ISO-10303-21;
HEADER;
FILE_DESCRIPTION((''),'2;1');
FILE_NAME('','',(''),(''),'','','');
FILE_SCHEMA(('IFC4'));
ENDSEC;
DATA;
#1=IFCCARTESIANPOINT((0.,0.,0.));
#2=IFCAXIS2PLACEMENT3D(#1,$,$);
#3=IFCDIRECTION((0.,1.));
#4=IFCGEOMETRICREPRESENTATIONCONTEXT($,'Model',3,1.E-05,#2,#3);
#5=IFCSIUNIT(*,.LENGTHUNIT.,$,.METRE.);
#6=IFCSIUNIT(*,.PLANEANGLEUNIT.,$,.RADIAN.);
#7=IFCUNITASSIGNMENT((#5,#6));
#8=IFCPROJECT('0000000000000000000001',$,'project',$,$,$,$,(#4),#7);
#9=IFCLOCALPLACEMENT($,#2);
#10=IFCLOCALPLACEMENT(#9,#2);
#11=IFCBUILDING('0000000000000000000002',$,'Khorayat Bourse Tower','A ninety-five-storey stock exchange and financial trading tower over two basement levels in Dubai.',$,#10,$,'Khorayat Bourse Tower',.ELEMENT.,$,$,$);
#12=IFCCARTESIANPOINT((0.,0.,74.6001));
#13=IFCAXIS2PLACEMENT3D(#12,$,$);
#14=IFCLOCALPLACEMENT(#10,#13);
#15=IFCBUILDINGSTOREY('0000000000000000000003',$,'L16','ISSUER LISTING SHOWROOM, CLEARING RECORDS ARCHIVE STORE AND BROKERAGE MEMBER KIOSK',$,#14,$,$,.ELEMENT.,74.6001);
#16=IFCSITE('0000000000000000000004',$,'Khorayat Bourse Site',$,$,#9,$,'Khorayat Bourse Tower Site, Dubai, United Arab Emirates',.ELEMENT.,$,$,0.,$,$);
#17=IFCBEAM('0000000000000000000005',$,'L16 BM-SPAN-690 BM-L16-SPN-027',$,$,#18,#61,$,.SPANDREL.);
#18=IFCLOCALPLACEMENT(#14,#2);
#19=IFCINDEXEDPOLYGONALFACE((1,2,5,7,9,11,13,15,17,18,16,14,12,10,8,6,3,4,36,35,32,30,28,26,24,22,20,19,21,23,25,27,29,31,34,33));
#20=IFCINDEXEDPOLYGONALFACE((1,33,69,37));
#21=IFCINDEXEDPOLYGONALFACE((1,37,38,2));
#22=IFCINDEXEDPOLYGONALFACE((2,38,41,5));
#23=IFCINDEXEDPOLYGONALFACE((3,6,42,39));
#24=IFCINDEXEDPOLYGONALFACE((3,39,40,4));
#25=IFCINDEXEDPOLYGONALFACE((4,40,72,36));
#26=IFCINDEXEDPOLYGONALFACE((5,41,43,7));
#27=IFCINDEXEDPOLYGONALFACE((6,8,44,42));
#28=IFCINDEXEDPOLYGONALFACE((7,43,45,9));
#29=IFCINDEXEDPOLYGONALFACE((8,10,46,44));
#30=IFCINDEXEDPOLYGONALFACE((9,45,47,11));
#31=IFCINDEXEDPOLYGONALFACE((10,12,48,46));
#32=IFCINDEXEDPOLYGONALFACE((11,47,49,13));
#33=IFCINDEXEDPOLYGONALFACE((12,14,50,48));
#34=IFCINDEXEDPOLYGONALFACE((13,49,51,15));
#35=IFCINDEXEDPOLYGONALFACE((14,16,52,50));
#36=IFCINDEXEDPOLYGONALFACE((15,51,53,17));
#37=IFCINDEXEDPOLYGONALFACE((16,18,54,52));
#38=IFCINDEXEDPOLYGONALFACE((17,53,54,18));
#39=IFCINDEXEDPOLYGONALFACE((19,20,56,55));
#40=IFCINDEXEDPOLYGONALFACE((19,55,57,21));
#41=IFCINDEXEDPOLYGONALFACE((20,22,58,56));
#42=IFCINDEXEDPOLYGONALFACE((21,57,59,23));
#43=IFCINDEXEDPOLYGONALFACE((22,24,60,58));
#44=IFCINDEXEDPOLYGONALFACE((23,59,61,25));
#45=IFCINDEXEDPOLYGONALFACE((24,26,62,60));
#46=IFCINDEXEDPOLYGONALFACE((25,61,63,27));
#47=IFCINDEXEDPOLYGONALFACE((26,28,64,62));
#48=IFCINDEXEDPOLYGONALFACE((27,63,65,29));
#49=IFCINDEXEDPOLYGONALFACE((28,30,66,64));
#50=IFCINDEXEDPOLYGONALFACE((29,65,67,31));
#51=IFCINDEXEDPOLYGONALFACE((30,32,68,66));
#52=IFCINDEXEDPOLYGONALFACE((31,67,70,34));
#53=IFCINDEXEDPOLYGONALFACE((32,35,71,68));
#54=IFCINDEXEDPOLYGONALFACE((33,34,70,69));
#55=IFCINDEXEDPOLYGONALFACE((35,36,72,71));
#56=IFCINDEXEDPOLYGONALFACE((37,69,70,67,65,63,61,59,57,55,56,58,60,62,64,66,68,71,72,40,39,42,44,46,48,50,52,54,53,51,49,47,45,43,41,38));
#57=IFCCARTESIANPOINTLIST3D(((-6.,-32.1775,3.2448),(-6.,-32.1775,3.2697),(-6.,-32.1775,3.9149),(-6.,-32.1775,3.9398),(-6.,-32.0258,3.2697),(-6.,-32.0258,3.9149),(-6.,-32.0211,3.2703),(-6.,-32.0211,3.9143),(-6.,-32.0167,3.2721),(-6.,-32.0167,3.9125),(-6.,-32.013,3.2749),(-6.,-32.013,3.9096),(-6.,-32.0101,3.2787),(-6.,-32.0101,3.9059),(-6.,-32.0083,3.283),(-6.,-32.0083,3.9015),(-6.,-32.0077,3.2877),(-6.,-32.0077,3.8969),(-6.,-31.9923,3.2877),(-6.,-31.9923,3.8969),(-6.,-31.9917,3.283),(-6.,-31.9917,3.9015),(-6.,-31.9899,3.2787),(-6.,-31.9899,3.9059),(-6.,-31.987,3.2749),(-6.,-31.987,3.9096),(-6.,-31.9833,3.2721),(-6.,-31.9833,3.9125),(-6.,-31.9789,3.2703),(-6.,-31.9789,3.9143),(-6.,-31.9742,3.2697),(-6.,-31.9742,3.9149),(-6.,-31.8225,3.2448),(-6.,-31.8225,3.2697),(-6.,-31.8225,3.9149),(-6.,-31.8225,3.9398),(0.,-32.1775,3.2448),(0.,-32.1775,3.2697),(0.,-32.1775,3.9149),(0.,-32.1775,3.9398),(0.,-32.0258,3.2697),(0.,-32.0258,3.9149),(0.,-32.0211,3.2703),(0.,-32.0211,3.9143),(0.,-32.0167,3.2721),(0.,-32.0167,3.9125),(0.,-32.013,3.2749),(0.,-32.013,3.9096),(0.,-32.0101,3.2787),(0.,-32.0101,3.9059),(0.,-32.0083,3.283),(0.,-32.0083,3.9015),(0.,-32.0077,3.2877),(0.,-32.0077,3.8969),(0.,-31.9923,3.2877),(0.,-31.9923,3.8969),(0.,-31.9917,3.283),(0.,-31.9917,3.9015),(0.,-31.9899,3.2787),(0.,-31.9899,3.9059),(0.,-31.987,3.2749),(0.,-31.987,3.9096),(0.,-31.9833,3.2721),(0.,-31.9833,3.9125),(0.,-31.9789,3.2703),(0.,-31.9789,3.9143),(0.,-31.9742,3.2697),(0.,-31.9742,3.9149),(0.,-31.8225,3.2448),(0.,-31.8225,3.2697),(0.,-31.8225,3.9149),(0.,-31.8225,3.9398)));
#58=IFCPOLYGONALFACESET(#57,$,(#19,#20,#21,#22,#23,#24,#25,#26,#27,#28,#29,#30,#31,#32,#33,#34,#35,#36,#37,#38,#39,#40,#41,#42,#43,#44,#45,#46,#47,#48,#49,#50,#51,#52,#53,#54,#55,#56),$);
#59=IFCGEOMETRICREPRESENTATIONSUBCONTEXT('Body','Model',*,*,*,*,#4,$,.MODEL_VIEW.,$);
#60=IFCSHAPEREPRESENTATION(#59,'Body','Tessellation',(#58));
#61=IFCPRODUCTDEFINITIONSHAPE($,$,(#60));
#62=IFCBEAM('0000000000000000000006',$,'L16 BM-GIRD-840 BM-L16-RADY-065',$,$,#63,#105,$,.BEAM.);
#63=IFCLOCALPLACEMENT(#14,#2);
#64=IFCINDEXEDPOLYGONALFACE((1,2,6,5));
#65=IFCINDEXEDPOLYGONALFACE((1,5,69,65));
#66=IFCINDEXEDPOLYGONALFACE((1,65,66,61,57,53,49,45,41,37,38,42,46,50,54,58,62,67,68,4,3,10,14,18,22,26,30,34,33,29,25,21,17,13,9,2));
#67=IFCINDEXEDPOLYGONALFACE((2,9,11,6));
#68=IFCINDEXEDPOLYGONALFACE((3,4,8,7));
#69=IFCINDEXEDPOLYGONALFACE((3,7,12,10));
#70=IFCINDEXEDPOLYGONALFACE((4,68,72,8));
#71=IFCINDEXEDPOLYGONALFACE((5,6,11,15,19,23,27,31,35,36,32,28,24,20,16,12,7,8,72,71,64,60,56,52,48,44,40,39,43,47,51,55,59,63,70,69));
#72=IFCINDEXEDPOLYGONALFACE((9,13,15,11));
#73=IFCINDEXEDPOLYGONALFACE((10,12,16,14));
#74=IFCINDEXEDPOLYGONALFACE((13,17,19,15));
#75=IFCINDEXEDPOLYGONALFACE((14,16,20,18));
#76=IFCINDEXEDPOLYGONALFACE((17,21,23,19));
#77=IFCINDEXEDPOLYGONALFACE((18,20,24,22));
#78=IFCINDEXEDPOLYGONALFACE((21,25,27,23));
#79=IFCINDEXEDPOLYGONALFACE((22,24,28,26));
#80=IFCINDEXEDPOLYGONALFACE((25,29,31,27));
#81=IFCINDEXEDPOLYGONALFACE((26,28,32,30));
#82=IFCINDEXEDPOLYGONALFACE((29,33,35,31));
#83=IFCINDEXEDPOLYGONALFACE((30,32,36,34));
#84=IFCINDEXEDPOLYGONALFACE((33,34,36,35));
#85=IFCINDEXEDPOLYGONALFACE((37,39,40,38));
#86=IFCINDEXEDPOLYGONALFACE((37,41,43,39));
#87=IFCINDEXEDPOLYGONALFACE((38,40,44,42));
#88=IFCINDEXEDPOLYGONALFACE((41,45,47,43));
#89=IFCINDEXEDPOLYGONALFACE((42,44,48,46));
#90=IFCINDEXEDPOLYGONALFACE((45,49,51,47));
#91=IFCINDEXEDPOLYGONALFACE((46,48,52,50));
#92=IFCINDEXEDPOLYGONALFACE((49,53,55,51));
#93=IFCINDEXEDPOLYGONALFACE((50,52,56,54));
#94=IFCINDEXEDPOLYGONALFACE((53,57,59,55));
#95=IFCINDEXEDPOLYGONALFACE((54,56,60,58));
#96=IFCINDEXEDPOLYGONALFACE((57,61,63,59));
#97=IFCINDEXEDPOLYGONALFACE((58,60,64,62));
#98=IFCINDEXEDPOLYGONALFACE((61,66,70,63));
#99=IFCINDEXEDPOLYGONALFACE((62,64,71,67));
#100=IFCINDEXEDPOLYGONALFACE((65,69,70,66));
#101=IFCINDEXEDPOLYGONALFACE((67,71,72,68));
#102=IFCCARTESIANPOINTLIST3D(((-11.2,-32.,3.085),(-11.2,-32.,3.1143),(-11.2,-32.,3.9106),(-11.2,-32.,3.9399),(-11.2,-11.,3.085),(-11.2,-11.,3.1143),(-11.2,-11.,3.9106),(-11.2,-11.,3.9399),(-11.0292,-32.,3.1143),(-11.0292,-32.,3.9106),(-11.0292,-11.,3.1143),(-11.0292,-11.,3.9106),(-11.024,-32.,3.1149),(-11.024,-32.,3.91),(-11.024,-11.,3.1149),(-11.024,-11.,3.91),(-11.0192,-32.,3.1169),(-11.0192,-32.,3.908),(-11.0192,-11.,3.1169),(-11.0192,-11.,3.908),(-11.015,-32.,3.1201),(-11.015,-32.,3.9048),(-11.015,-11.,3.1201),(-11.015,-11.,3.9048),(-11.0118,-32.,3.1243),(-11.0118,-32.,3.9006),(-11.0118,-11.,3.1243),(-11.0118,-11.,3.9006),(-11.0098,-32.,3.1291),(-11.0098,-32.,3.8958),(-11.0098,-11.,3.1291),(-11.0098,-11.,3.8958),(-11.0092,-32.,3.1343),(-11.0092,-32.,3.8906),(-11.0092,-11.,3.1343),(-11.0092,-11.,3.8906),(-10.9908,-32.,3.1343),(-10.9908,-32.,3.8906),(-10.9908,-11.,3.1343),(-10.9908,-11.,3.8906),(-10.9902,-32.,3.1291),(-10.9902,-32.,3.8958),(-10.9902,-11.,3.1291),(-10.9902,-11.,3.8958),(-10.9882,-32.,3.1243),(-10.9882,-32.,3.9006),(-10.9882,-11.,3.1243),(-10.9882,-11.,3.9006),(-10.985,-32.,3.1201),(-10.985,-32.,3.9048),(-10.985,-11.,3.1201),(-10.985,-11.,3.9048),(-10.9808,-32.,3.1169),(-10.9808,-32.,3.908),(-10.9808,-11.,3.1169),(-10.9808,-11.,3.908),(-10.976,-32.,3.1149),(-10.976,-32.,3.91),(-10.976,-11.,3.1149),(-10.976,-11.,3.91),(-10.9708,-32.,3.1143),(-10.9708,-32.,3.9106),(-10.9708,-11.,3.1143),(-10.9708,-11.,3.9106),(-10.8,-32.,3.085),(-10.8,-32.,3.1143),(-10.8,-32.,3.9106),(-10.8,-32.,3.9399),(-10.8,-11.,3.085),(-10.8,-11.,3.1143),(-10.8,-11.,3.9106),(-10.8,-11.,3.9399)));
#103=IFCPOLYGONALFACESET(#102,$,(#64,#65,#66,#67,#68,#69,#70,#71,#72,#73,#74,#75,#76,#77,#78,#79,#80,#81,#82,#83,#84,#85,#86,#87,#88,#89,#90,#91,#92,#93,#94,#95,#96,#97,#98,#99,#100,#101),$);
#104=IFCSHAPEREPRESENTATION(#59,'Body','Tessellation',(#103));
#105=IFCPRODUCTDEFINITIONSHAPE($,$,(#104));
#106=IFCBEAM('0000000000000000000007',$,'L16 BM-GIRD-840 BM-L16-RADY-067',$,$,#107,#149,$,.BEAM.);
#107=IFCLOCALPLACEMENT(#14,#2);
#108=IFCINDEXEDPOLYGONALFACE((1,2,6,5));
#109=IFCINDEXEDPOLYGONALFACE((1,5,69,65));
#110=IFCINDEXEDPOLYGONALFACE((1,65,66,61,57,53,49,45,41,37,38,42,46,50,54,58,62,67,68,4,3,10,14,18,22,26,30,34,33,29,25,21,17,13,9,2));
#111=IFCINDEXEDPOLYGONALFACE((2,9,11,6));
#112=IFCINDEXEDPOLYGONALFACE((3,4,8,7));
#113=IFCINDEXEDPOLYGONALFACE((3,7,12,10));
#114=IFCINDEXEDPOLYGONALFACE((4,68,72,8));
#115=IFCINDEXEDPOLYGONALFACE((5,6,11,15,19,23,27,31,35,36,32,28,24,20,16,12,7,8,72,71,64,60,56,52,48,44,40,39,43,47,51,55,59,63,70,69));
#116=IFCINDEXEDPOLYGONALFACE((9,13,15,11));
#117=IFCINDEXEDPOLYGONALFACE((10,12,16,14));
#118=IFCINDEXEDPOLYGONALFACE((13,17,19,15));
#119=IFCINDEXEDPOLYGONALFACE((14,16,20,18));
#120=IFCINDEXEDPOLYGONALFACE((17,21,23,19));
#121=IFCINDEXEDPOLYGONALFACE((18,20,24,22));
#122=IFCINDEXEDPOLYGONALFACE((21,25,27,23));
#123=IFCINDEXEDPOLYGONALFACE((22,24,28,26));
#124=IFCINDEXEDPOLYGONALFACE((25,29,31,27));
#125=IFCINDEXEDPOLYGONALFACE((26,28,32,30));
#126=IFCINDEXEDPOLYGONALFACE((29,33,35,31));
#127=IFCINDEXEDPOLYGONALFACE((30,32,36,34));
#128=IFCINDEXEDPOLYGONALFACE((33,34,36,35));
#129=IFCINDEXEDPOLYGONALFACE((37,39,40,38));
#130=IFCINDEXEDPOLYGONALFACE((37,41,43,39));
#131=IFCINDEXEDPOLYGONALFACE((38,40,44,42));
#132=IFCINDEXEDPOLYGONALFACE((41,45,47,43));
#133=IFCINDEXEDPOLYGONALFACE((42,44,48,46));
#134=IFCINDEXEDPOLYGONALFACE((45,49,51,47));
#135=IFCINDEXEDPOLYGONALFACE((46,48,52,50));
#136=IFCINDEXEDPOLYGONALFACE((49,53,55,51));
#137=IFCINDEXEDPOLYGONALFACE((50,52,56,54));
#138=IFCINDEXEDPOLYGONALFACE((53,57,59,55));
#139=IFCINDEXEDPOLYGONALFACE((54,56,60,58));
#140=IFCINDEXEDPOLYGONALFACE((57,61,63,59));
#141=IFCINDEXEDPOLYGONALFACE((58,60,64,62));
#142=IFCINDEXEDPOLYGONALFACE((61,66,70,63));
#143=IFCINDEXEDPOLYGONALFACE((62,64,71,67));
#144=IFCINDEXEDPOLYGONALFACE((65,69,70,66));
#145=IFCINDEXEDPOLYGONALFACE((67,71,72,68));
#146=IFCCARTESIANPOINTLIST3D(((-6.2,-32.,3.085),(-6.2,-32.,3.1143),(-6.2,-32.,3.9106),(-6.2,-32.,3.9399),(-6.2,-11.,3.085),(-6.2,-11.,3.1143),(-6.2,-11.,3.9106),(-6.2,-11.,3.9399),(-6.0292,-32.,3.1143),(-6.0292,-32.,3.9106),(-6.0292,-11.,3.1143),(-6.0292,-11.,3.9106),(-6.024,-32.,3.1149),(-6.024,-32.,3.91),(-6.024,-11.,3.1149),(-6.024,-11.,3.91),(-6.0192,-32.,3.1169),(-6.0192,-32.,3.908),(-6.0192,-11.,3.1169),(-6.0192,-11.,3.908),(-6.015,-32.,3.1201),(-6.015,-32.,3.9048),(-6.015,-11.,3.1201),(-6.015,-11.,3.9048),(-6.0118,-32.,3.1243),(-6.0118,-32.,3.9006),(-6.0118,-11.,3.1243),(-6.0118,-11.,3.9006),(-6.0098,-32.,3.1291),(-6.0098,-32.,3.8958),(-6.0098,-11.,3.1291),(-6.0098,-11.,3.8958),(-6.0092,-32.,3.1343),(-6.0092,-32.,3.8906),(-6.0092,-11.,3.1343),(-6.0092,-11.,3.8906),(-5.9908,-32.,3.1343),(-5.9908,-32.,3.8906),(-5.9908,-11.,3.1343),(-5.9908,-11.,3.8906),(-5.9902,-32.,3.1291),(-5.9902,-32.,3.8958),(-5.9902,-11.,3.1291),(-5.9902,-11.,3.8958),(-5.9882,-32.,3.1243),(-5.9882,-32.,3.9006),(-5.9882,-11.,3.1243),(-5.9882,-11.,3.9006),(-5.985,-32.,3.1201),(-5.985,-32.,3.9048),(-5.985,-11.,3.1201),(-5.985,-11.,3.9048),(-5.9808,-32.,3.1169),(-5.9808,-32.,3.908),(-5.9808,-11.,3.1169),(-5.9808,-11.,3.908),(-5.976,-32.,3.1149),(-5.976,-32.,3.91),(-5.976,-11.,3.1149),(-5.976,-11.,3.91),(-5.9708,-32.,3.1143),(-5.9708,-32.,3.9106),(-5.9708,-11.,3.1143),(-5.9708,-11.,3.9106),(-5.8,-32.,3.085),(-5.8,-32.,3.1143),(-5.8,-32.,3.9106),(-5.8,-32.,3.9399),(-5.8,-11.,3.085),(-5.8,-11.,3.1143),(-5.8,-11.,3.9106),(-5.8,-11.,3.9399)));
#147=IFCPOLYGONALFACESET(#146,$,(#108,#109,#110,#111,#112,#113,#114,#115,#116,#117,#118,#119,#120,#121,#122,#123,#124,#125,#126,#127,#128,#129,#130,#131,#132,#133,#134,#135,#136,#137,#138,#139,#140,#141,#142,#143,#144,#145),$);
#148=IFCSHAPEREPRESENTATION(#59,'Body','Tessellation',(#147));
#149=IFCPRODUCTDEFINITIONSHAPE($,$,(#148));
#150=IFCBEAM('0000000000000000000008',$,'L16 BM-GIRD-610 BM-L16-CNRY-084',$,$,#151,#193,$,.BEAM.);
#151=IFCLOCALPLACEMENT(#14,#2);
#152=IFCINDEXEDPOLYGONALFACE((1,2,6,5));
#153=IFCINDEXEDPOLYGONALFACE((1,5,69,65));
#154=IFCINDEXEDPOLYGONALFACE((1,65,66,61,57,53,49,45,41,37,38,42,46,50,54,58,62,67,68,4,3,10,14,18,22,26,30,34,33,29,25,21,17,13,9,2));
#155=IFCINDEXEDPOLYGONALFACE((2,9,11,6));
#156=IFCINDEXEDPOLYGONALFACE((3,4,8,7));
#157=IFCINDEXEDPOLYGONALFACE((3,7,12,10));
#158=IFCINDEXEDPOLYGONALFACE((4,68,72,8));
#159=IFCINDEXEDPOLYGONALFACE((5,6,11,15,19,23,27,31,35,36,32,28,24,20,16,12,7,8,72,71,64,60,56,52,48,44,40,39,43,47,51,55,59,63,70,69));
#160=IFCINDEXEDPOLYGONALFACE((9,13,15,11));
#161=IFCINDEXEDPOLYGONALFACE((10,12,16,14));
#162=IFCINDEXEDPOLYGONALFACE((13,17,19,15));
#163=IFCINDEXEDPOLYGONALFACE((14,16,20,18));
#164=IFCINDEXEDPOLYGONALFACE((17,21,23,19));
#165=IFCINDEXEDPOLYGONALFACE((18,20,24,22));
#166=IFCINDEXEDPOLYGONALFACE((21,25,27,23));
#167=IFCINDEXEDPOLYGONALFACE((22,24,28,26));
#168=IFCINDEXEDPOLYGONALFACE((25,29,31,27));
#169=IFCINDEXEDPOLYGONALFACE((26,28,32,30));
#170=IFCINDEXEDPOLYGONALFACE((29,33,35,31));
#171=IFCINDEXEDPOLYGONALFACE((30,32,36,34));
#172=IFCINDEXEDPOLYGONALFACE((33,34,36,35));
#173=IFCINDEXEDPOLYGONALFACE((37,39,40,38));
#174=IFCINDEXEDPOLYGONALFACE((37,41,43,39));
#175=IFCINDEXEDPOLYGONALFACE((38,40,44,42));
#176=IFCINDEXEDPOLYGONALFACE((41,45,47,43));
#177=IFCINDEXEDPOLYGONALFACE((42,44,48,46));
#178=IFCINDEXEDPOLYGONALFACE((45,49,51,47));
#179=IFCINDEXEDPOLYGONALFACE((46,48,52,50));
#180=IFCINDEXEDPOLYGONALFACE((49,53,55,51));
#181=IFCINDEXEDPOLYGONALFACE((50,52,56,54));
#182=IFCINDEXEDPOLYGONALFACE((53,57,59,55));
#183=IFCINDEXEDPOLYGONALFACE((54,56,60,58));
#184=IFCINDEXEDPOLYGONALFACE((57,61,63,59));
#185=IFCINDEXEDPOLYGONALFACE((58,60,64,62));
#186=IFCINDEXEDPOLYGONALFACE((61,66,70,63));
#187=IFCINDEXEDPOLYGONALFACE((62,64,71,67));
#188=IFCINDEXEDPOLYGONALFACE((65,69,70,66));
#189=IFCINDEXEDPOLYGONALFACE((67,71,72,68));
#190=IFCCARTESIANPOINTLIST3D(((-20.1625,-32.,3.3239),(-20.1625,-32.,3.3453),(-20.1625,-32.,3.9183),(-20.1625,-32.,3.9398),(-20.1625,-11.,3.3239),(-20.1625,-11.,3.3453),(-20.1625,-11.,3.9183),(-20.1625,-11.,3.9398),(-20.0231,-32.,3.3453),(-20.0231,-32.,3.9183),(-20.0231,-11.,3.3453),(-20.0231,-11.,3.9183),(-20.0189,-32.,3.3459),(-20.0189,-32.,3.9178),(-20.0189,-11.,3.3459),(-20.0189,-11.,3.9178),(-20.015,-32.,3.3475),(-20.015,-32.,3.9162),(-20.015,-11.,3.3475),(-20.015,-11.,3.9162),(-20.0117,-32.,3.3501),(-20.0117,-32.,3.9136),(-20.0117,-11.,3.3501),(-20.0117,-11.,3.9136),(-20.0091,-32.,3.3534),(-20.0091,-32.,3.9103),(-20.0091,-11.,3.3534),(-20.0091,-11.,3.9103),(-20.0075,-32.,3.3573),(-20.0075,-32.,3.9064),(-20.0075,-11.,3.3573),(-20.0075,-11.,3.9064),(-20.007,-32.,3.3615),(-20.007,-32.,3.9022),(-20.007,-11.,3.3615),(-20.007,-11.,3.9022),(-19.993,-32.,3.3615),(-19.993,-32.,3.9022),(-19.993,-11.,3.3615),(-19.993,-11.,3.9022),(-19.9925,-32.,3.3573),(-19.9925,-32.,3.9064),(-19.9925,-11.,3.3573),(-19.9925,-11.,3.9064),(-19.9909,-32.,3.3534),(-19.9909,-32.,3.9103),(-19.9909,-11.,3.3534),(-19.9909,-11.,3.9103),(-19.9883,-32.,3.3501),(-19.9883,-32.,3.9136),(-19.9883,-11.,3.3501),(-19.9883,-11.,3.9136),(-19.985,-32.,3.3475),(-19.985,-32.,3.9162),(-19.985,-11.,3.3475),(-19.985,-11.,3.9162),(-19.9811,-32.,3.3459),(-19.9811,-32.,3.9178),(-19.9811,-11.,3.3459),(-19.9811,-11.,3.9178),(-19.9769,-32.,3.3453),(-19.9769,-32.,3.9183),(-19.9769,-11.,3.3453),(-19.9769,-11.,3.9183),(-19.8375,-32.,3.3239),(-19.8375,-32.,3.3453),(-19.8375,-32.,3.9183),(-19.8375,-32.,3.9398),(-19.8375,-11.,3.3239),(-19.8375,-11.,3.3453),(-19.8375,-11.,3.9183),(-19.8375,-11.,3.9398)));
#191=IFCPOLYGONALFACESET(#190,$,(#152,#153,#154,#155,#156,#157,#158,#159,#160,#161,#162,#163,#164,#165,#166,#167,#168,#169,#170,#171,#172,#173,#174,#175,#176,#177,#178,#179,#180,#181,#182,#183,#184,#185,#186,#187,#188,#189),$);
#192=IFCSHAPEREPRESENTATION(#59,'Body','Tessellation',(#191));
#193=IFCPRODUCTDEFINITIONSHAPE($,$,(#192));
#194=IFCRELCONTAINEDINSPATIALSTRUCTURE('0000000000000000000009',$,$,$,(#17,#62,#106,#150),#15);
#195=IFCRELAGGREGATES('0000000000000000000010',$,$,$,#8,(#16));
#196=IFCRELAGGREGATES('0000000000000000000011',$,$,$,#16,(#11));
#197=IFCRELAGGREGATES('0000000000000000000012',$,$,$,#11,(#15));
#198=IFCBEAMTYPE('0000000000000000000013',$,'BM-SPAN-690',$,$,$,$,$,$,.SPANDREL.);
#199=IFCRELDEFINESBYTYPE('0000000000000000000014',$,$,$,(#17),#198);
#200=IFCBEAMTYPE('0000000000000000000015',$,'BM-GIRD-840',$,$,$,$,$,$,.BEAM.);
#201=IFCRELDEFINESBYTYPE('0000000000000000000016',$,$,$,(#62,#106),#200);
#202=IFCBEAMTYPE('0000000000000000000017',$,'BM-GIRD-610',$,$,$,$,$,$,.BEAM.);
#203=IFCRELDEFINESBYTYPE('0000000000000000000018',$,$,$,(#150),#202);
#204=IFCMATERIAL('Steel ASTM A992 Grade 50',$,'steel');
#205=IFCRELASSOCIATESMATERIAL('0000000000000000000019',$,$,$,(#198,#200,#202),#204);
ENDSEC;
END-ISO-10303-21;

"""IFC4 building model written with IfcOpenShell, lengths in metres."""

from ifc_helpers import new_model, si_unit, direction, frame, origin, origin_2d, place, context, subcontext, project, spatial, i_section, extrude, source, transform, mapped, material, material_profile, profile_set, type_object, element, save


model = new_model("IFC4")

# Units and contexts
model_context = context("Model", 3, precision=1e-05, world=origin(), true_north=direction((0.0, 1.0)))
body_context = subcontext(model_context, "Body", "Model", "MODEL_VIEW")
ifc_project = project(units=[si_unit("LENGTHUNIT", "METRE"), si_unit("PLANEANGLEUNIT", "RADIAN")], contexts=[model_context])

# Site, building, storey
site_placement = place(None, origin())
site = spatial("IfcSite", under=ifc_project, at=site_placement, Name="Khorayat Bourse Site", LongName="Khorayat Bourse Tower Site, Dubai, United Arab Emirates", CompositionType="ELEMENT", RefElevation=0.0)
building_placement = place(site_placement, origin())
building = spatial("IfcBuilding", under=site, at=building_placement, Name="Khorayat Bourse Tower", Description="A ninety-five-storey stock exchange and financial trading tower over two basement levels in Dubai.", LongName="Khorayat Bourse Tower", CompositionType="ELEMENT")
storey_placement = place(building_placement, frame((0.0, 0.0, 74.6001)))
storey = spatial("IfcBuildingStorey", under=building, at=storey_placement, Name="L16", Description="ISSUER LISTING SHOWROOM, CLEARING RECORDS ARCHIVE STORE AND BROKERAGE MEMBER KIOSK", CompositionType="ELEMENT", Elevation=74.6001)

# Beams
ifc_material_1 = material(Name="Steel ASTM A992 Grade 50", Category="steel")
ifc_material_profile_1 = material_profile(ifc_material_1, i_section(OverallWidth=0.355, OverallDepth=0.6951, WebThickness=0.0154, FlangeThickness=0.0249, FilletRadius=0.0181, at=origin_2d()), Name="W690X217")
ifc_profile_set_1 = profile_set([ifc_material_profile_1], Name="Steel ASTM A992 Grade 50")
beam_type_1 = type_object("IfcBeamType", Name="BM-SPAN-690", PredefinedType="SPANDREL", material=ifc_profile_set_1)
shared_shape_1 = source(origin(), body_context, "Body", "SweptSolid", [
    extrude(i_section(OverallWidth=0.355, OverallDepth=0.6951, WebThickness=0.0154, FlangeThickness=0.0249, FilletRadius=0.0181, at=origin_2d()), origin(), (0.0, 0.0, 1.0), 6.0),
])
beam_1_placement = place(storey_placement, frame((-6.0, -32.0, 3.5923), z_axis=(1.0, 0.0, 0.0), x_axis=(0.0, 1.0, 0.0)))
element("IfcBeam", 1, at=beam_1_placement, inside=storey, type_object=beam_type_1, Name="L16 BM-SPAN-690 BM-L16-SPN-027", PredefinedType="SPANDREL", context=body_context, shape_type="MappedRepresentation", body=[
    mapped(shared_shape_1, transform((0.0, 0.0, 0.0), scale=1.0)),
])
ifc_material_profile_2 = material_profile(ifc_material_1, i_section(OverallWidth=0.3999, OverallDepth=0.855, WebThickness=0.0183, FlangeThickness=0.0293, FilletRadius=0.02, at=origin_2d()), Name="W840X299")
ifc_profile_set_2 = profile_set([ifc_material_profile_2], Name="Steel ASTM A992 Grade 50")
beam_type_2 = type_object("IfcBeamType", Name="BM-GIRD-840", PredefinedType="BEAM", material=ifc_profile_set_2)
shared_shape_2 = source(origin(), body_context, "Body", "SweptSolid", [
    extrude(i_section(OverallWidth=0.3999, OverallDepth=0.855, WebThickness=0.0183, FlangeThickness=0.0293, FilletRadius=0.02, at=origin_2d()), origin(), (0.0, 0.0, 1.0), 21.0),
])
for number, where, z_axis, x_axis, name in (
    (2, (-11.0, -32.0, 3.5125), (0.0, 1.0, 0.0), (-1.0, 0.0, 0.0), "L16 BM-GIRD-840 BM-L16-RADY-065"),
    (3, (-6.0, -32.0, 3.5125), (0.0, 1.0, 0.0), (-1.0, 0.0, 0.0), "L16 BM-GIRD-840 BM-L16-RADY-067"),
):
    element("IfcBeam", number, at=place(storey_placement, frame(where, z_axis=z_axis, x_axis=x_axis)), inside=storey, type_object=beam_type_2, Name=name, PredefinedType="BEAM", context=body_context, shape_type="MappedRepresentation", body=[
        mapped(shared_shape_2, transform((0.0, 0.0, 0.0), scale=1.0)),
    ])
ifc_material_profile_3 = material_profile(ifc_material_1, i_section(OverallWidth=0.325, OverallDepth=0.616, WebThickness=0.0139, FlangeThickness=0.0215, FilletRadius=0.0161, at=origin_2d()), Name="W610X174")
ifc_profile_set_3 = profile_set([ifc_material_profile_3], Name="Steel ASTM A992 Grade 50")
beam_type_3 = type_object("IfcBeamType", Name="BM-GIRD-610", PredefinedType="BEAM", material=ifc_profile_set_3)
shared_shape_3 = source(origin(), body_context, "Body", "SweptSolid", [
    extrude(i_section(OverallWidth=0.325, OverallDepth=0.616, WebThickness=0.0139, FlangeThickness=0.0215, FilletRadius=0.0161, at=origin_2d()), origin(), (0.0, 0.0, 1.0), 21.0),
])
beam_2_placement = place(storey_placement, frame((-20.0, -32.0, 3.6318), z_axis=(0.0, 1.0, 0.0), x_axis=(-1.0, 0.0, 0.0)))
element("IfcBeam", 4, at=beam_2_placement, inside=storey, type_object=beam_type_3, Name="L16 BM-GIRD-610 BM-L16-CNRY-084", PredefinedType="BEAM", context=body_context, shape_type="MappedRepresentation", body=[
    mapped(shared_shape_3, transform((0.0, 0.0, 0.0), scale=1.0)),
])

save(model, "model.ifc")
